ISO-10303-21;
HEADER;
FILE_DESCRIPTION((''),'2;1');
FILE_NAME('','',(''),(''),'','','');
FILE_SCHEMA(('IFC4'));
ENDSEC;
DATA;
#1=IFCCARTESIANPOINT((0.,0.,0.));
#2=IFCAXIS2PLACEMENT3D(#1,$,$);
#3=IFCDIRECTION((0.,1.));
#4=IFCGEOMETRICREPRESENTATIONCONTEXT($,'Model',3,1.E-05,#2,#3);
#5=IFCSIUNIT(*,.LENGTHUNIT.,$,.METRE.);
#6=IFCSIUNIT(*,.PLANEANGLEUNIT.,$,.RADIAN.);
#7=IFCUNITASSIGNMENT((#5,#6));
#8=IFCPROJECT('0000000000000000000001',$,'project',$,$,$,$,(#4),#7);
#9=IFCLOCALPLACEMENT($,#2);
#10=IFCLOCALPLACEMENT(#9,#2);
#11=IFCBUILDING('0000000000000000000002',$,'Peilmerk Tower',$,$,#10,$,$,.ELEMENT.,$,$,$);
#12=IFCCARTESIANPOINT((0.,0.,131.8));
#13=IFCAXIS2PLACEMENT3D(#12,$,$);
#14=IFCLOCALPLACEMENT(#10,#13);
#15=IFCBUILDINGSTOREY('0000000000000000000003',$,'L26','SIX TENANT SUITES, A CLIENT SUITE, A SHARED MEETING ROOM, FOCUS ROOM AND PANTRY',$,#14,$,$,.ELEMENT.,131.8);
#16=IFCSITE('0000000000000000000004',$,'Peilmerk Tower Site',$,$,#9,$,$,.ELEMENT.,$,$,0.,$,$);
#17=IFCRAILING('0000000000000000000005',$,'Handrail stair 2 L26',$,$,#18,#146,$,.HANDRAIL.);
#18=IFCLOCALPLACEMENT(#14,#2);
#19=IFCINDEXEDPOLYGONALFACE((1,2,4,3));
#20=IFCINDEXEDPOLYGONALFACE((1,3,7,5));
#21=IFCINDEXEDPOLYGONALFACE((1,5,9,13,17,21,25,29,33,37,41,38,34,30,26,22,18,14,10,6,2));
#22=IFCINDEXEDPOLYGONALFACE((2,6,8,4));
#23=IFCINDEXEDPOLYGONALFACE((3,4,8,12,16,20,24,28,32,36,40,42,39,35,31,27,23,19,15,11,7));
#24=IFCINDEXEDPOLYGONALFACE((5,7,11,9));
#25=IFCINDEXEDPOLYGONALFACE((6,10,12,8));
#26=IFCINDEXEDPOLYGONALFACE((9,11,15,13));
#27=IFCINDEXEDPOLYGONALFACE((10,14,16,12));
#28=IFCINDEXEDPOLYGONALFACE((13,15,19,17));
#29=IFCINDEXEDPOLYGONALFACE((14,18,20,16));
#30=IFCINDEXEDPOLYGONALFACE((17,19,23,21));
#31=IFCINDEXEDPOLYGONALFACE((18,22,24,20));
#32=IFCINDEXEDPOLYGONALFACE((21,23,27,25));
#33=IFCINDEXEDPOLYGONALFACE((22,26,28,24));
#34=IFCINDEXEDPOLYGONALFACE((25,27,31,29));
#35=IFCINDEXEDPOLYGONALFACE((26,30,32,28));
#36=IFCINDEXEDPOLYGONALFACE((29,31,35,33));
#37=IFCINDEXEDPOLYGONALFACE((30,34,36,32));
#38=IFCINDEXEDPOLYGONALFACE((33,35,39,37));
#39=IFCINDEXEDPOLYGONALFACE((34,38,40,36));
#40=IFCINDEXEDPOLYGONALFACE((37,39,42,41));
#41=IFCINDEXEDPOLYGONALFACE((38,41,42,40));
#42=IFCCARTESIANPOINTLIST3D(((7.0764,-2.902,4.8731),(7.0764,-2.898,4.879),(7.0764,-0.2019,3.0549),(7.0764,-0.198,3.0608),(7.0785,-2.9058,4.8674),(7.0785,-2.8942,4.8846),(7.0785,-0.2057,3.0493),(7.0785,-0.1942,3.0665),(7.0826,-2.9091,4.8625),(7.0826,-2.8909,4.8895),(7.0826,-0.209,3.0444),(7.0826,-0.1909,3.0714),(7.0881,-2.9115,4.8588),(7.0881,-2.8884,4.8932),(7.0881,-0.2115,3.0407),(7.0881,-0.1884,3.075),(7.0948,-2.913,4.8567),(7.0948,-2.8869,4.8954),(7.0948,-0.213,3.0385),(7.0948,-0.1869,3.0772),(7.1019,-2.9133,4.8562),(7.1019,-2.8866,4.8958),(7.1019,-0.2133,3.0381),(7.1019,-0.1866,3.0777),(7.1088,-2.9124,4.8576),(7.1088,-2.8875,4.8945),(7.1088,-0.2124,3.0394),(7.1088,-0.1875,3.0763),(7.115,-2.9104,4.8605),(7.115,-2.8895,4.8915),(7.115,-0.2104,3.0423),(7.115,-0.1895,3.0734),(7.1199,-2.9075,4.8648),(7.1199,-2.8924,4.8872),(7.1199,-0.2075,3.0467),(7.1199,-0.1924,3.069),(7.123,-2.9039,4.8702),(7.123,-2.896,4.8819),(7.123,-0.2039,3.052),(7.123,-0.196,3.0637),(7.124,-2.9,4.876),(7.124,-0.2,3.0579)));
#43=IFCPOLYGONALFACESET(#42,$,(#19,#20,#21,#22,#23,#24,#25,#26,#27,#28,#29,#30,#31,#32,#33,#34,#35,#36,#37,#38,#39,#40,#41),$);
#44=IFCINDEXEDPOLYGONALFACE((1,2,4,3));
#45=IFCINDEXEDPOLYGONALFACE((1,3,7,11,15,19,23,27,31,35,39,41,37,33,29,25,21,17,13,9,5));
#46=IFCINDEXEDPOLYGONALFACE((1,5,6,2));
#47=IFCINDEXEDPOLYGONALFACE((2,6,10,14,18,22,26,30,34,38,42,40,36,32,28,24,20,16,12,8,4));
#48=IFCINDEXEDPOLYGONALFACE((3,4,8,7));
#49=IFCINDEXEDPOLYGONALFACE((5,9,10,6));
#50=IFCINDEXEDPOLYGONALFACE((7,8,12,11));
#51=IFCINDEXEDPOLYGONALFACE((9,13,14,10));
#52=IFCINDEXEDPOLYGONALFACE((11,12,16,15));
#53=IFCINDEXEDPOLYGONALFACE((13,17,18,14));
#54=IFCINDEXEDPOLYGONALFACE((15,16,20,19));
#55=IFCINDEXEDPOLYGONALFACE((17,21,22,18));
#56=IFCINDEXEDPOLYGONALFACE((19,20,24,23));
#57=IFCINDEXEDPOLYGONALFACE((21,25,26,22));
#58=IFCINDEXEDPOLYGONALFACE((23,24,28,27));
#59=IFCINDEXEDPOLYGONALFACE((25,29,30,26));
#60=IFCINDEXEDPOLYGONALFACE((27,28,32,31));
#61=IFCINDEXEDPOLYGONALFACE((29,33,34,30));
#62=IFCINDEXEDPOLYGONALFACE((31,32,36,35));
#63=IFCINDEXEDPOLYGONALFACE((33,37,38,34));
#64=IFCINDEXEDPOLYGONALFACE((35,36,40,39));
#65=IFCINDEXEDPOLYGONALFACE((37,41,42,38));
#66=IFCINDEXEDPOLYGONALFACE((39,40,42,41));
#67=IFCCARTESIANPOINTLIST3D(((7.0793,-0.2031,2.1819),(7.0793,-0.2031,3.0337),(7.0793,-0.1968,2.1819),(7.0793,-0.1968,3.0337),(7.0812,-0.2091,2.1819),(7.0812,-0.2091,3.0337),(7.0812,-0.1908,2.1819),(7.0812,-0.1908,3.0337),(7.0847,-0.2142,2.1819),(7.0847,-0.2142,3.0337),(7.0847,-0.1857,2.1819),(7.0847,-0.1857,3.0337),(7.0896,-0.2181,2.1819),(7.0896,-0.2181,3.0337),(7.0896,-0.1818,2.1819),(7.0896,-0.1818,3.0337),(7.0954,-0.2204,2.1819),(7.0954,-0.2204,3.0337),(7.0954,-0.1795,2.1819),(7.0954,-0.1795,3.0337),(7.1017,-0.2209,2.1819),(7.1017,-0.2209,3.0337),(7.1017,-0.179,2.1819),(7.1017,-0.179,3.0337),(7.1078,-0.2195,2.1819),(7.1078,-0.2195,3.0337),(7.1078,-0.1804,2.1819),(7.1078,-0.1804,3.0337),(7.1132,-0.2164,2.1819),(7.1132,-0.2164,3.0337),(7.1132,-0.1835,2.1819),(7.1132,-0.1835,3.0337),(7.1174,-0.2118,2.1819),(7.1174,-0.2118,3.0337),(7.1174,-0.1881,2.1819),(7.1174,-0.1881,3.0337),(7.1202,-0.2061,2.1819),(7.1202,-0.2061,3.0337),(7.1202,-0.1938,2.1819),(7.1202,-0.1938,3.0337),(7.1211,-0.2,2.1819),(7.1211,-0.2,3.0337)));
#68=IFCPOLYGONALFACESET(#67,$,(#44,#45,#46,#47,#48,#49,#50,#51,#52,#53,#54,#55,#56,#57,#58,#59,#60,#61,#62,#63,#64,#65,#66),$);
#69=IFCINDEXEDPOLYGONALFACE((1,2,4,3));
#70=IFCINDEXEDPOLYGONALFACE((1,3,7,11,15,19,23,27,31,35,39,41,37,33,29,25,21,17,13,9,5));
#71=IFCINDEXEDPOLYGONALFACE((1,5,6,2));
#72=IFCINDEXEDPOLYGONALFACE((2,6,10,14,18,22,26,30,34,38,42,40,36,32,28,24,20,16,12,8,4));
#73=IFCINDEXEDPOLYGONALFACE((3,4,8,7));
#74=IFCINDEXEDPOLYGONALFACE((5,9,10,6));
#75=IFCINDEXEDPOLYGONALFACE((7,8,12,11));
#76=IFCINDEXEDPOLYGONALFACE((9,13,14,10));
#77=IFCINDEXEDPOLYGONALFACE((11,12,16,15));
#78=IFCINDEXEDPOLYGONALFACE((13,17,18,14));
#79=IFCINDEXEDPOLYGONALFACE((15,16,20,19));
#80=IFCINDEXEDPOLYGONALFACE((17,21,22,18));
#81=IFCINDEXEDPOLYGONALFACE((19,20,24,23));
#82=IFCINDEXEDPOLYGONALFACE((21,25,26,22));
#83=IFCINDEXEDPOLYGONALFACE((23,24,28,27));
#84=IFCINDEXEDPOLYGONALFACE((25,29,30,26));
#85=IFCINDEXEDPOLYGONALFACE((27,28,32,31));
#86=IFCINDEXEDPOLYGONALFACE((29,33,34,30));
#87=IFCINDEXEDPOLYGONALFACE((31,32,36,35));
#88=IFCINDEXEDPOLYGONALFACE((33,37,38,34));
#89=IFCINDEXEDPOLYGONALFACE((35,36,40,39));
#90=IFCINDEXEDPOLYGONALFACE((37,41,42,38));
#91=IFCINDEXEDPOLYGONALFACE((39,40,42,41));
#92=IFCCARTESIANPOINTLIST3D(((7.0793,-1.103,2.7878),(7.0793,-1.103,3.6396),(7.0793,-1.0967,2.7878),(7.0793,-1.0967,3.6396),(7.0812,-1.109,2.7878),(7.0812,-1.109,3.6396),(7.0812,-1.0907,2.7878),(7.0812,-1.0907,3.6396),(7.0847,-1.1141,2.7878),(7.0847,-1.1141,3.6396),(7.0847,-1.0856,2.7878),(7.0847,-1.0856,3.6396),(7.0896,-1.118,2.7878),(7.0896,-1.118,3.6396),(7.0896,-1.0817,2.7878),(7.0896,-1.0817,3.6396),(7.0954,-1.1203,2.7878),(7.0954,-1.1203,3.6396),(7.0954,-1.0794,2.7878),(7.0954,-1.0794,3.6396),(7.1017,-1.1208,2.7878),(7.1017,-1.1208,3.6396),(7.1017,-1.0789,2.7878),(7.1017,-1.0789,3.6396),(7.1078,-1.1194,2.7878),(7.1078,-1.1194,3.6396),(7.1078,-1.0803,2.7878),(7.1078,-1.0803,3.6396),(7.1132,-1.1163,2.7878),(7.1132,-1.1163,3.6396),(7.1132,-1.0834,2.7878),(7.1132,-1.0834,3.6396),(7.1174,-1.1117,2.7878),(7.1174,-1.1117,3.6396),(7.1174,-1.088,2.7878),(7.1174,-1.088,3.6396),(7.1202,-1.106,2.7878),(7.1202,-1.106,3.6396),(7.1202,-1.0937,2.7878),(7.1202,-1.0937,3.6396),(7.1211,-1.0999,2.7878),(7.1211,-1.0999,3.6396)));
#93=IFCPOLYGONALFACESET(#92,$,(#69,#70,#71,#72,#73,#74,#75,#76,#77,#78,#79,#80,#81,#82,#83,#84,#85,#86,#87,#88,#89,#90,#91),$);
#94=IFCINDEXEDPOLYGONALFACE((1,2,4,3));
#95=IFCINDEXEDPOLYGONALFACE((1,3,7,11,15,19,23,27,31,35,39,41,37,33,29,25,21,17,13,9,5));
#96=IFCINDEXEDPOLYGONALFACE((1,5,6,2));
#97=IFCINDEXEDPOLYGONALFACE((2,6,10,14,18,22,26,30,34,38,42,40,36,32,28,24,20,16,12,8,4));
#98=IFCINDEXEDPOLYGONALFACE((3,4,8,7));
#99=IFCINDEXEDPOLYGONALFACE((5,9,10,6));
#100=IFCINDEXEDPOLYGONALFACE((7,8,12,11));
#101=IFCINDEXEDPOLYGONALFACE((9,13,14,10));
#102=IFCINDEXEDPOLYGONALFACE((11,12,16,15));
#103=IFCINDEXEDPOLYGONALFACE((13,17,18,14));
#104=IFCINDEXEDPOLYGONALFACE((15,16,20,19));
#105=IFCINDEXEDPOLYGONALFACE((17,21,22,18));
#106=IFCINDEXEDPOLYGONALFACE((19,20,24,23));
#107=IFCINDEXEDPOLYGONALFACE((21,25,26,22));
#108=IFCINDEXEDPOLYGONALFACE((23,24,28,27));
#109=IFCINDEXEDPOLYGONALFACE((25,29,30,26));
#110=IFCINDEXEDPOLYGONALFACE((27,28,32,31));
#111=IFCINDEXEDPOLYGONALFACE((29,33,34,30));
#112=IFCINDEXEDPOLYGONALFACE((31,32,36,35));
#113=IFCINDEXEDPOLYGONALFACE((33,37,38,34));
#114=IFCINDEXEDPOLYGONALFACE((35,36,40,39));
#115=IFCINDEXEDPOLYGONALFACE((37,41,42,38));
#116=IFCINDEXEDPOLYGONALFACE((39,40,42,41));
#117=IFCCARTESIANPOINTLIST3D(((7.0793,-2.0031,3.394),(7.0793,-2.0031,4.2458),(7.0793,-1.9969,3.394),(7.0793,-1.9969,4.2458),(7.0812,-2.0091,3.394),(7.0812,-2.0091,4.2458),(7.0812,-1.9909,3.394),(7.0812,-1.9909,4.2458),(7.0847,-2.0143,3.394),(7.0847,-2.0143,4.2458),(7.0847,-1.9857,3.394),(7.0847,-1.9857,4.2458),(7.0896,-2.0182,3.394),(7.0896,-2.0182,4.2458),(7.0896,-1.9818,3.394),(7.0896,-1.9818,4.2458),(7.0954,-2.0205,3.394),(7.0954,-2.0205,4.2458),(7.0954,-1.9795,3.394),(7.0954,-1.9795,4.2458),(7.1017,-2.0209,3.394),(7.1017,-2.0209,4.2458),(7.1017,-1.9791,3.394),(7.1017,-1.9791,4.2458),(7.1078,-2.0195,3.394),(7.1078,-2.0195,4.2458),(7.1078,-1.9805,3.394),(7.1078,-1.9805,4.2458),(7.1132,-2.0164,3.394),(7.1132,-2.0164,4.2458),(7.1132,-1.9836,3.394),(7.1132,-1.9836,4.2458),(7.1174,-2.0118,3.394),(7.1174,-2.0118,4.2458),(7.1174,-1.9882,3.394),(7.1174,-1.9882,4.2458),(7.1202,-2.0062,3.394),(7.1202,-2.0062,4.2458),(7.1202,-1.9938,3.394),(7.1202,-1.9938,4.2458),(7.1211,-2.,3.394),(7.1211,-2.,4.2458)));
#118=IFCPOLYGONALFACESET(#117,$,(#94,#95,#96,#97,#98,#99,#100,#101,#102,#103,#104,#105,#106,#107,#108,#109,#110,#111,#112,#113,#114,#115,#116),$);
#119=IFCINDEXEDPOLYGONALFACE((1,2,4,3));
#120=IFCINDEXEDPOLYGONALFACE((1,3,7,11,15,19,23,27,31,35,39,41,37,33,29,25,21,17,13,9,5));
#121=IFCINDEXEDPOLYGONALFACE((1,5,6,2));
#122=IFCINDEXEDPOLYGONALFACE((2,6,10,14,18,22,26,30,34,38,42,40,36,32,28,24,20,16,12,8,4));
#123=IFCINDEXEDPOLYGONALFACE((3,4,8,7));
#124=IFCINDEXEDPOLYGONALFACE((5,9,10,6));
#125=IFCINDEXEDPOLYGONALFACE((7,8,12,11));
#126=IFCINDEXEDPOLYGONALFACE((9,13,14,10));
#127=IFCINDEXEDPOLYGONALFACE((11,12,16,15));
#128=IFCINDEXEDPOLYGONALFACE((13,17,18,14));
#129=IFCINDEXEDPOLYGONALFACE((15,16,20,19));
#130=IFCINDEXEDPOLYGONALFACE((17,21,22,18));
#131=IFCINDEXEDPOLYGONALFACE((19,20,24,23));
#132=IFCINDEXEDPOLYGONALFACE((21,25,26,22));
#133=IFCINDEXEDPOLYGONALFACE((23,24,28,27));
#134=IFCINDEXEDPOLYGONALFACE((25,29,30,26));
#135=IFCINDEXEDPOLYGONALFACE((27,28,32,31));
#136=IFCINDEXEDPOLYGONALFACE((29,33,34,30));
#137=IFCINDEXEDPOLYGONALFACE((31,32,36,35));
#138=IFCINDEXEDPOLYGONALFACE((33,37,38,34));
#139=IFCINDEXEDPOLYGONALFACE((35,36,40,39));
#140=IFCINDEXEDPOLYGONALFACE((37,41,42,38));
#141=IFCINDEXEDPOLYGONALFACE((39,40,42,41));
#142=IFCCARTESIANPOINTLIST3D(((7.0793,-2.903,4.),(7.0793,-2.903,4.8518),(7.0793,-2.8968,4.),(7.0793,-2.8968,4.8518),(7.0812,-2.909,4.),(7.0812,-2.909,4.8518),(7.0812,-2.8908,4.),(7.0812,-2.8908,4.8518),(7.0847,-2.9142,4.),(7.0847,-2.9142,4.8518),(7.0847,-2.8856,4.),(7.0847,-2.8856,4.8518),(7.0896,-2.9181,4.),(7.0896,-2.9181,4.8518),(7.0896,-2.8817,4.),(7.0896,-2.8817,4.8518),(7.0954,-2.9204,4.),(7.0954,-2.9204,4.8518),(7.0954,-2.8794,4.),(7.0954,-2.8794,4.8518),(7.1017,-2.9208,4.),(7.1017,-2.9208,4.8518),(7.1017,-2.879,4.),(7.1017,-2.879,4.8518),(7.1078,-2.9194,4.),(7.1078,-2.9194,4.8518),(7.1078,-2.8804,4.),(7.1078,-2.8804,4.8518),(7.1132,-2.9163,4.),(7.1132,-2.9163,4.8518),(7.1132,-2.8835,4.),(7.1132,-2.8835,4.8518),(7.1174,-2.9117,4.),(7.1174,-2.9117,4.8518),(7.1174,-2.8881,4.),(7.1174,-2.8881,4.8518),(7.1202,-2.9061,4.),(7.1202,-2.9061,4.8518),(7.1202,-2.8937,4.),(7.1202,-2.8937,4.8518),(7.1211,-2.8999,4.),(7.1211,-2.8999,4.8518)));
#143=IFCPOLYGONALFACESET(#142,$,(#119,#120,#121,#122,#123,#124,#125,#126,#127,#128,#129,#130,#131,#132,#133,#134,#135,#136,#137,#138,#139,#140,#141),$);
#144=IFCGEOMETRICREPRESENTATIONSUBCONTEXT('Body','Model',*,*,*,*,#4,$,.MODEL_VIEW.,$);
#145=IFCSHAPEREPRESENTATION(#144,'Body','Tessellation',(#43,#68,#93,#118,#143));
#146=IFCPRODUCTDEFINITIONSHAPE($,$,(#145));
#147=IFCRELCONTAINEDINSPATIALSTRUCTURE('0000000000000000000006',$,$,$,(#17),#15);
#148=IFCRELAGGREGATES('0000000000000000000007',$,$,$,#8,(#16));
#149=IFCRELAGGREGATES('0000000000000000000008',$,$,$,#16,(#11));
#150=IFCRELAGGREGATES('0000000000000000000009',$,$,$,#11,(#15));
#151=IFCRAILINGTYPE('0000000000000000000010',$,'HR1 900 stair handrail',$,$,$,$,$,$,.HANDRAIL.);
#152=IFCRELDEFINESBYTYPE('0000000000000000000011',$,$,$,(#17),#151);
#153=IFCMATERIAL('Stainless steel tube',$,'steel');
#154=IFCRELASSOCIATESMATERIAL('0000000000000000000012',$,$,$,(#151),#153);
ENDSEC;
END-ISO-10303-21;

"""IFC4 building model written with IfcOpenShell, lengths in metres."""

from ifc_helpers import new_model, si_unit, direction, frame, origin, origin_2d, place, context, subcontext, project, spatial, circle, extrude, material, type_object, element, save


model = new_model("IFC4")

# Units and contexts
model_context = context("Model", 3, precision=1e-05, world=origin(), true_north=direction((0.0, 1.0)))
body_context = subcontext(model_context, "Body", "Model", "MODEL_VIEW")
ifc_project = project(units=[si_unit("LENGTHUNIT", "METRE"), si_unit("PLANEANGLEUNIT", "RADIAN")], contexts=[model_context])

# Site, building, storey
site_placement = place(None, origin())
site = spatial("IfcSite", under=ifc_project, at=site_placement, Name="Peilmerk Tower Site", CompositionType="ELEMENT", RefElevation=0.0)
building_placement = place(site_placement, origin())
building = spatial("IfcBuilding", under=site, at=building_placement, Name="Peilmerk Tower", CompositionType="ELEMENT")
storey_placement = place(building_placement, frame((0.0, 0.0, 131.8)))
storey = spatial("IfcBuildingStorey", under=building, at=storey_placement, Name="L26", Description="SIX TENANT SUITES, A CLIENT SUITE, A SHARED MEETING ROOM, FOCUS ROOM AND PANTRY", CompositionType="ELEMENT", Elevation=131.8)

# Railing
ifc_material_1 = material(Name="Stainless steel tube", Category="steel")
railing_type_1 = type_object("IfcRailingType", Name="HR1 900 stair handrail", PredefinedType="HANDRAIL", material=ifc_material_1)
railing_1_placement = place(storey_placement, frame((7.1001, -0.2, 2.1819)))
element("IfcRailing", 1, at=railing_1_placement, inside=storey, type_object=railing_type_1, Name="Handrail stair 2 L26", PredefinedType="HANDRAIL", context=body_context, shape_type="SweptSolid", body=[
    extrude(circle(Radius=0.0239, at=origin_2d()), frame((0.0, 0.0, 0.876), z_axis=(0.0, -0.829468, 0.558554), x_axis=(1.0, 0.0, 0.0)), (0.0, 0.0, 1.0), 3.2551),
    extrude(circle(Radius=0.021, at=origin_2d()), origin(), (0.0, 0.0, 1.0), 0.8518),
    extrude(circle(Radius=0.021, at=origin_2d()), frame((0.0, -0.8999, 0.606)), (0.0, 0.0, 1.0), 0.8518),
    extrude(circle(Radius=0.021, at=origin_2d()), frame((0.0, -1.8, 1.2122)), (0.0, 0.0, 1.0), 0.8518),
    extrude(circle(Radius=0.021, at=origin_2d()), frame((0.0, -2.7, 1.8181)), (0.0, 0.0, 1.0), 0.8518),
])

save(model, "model.ifc")
